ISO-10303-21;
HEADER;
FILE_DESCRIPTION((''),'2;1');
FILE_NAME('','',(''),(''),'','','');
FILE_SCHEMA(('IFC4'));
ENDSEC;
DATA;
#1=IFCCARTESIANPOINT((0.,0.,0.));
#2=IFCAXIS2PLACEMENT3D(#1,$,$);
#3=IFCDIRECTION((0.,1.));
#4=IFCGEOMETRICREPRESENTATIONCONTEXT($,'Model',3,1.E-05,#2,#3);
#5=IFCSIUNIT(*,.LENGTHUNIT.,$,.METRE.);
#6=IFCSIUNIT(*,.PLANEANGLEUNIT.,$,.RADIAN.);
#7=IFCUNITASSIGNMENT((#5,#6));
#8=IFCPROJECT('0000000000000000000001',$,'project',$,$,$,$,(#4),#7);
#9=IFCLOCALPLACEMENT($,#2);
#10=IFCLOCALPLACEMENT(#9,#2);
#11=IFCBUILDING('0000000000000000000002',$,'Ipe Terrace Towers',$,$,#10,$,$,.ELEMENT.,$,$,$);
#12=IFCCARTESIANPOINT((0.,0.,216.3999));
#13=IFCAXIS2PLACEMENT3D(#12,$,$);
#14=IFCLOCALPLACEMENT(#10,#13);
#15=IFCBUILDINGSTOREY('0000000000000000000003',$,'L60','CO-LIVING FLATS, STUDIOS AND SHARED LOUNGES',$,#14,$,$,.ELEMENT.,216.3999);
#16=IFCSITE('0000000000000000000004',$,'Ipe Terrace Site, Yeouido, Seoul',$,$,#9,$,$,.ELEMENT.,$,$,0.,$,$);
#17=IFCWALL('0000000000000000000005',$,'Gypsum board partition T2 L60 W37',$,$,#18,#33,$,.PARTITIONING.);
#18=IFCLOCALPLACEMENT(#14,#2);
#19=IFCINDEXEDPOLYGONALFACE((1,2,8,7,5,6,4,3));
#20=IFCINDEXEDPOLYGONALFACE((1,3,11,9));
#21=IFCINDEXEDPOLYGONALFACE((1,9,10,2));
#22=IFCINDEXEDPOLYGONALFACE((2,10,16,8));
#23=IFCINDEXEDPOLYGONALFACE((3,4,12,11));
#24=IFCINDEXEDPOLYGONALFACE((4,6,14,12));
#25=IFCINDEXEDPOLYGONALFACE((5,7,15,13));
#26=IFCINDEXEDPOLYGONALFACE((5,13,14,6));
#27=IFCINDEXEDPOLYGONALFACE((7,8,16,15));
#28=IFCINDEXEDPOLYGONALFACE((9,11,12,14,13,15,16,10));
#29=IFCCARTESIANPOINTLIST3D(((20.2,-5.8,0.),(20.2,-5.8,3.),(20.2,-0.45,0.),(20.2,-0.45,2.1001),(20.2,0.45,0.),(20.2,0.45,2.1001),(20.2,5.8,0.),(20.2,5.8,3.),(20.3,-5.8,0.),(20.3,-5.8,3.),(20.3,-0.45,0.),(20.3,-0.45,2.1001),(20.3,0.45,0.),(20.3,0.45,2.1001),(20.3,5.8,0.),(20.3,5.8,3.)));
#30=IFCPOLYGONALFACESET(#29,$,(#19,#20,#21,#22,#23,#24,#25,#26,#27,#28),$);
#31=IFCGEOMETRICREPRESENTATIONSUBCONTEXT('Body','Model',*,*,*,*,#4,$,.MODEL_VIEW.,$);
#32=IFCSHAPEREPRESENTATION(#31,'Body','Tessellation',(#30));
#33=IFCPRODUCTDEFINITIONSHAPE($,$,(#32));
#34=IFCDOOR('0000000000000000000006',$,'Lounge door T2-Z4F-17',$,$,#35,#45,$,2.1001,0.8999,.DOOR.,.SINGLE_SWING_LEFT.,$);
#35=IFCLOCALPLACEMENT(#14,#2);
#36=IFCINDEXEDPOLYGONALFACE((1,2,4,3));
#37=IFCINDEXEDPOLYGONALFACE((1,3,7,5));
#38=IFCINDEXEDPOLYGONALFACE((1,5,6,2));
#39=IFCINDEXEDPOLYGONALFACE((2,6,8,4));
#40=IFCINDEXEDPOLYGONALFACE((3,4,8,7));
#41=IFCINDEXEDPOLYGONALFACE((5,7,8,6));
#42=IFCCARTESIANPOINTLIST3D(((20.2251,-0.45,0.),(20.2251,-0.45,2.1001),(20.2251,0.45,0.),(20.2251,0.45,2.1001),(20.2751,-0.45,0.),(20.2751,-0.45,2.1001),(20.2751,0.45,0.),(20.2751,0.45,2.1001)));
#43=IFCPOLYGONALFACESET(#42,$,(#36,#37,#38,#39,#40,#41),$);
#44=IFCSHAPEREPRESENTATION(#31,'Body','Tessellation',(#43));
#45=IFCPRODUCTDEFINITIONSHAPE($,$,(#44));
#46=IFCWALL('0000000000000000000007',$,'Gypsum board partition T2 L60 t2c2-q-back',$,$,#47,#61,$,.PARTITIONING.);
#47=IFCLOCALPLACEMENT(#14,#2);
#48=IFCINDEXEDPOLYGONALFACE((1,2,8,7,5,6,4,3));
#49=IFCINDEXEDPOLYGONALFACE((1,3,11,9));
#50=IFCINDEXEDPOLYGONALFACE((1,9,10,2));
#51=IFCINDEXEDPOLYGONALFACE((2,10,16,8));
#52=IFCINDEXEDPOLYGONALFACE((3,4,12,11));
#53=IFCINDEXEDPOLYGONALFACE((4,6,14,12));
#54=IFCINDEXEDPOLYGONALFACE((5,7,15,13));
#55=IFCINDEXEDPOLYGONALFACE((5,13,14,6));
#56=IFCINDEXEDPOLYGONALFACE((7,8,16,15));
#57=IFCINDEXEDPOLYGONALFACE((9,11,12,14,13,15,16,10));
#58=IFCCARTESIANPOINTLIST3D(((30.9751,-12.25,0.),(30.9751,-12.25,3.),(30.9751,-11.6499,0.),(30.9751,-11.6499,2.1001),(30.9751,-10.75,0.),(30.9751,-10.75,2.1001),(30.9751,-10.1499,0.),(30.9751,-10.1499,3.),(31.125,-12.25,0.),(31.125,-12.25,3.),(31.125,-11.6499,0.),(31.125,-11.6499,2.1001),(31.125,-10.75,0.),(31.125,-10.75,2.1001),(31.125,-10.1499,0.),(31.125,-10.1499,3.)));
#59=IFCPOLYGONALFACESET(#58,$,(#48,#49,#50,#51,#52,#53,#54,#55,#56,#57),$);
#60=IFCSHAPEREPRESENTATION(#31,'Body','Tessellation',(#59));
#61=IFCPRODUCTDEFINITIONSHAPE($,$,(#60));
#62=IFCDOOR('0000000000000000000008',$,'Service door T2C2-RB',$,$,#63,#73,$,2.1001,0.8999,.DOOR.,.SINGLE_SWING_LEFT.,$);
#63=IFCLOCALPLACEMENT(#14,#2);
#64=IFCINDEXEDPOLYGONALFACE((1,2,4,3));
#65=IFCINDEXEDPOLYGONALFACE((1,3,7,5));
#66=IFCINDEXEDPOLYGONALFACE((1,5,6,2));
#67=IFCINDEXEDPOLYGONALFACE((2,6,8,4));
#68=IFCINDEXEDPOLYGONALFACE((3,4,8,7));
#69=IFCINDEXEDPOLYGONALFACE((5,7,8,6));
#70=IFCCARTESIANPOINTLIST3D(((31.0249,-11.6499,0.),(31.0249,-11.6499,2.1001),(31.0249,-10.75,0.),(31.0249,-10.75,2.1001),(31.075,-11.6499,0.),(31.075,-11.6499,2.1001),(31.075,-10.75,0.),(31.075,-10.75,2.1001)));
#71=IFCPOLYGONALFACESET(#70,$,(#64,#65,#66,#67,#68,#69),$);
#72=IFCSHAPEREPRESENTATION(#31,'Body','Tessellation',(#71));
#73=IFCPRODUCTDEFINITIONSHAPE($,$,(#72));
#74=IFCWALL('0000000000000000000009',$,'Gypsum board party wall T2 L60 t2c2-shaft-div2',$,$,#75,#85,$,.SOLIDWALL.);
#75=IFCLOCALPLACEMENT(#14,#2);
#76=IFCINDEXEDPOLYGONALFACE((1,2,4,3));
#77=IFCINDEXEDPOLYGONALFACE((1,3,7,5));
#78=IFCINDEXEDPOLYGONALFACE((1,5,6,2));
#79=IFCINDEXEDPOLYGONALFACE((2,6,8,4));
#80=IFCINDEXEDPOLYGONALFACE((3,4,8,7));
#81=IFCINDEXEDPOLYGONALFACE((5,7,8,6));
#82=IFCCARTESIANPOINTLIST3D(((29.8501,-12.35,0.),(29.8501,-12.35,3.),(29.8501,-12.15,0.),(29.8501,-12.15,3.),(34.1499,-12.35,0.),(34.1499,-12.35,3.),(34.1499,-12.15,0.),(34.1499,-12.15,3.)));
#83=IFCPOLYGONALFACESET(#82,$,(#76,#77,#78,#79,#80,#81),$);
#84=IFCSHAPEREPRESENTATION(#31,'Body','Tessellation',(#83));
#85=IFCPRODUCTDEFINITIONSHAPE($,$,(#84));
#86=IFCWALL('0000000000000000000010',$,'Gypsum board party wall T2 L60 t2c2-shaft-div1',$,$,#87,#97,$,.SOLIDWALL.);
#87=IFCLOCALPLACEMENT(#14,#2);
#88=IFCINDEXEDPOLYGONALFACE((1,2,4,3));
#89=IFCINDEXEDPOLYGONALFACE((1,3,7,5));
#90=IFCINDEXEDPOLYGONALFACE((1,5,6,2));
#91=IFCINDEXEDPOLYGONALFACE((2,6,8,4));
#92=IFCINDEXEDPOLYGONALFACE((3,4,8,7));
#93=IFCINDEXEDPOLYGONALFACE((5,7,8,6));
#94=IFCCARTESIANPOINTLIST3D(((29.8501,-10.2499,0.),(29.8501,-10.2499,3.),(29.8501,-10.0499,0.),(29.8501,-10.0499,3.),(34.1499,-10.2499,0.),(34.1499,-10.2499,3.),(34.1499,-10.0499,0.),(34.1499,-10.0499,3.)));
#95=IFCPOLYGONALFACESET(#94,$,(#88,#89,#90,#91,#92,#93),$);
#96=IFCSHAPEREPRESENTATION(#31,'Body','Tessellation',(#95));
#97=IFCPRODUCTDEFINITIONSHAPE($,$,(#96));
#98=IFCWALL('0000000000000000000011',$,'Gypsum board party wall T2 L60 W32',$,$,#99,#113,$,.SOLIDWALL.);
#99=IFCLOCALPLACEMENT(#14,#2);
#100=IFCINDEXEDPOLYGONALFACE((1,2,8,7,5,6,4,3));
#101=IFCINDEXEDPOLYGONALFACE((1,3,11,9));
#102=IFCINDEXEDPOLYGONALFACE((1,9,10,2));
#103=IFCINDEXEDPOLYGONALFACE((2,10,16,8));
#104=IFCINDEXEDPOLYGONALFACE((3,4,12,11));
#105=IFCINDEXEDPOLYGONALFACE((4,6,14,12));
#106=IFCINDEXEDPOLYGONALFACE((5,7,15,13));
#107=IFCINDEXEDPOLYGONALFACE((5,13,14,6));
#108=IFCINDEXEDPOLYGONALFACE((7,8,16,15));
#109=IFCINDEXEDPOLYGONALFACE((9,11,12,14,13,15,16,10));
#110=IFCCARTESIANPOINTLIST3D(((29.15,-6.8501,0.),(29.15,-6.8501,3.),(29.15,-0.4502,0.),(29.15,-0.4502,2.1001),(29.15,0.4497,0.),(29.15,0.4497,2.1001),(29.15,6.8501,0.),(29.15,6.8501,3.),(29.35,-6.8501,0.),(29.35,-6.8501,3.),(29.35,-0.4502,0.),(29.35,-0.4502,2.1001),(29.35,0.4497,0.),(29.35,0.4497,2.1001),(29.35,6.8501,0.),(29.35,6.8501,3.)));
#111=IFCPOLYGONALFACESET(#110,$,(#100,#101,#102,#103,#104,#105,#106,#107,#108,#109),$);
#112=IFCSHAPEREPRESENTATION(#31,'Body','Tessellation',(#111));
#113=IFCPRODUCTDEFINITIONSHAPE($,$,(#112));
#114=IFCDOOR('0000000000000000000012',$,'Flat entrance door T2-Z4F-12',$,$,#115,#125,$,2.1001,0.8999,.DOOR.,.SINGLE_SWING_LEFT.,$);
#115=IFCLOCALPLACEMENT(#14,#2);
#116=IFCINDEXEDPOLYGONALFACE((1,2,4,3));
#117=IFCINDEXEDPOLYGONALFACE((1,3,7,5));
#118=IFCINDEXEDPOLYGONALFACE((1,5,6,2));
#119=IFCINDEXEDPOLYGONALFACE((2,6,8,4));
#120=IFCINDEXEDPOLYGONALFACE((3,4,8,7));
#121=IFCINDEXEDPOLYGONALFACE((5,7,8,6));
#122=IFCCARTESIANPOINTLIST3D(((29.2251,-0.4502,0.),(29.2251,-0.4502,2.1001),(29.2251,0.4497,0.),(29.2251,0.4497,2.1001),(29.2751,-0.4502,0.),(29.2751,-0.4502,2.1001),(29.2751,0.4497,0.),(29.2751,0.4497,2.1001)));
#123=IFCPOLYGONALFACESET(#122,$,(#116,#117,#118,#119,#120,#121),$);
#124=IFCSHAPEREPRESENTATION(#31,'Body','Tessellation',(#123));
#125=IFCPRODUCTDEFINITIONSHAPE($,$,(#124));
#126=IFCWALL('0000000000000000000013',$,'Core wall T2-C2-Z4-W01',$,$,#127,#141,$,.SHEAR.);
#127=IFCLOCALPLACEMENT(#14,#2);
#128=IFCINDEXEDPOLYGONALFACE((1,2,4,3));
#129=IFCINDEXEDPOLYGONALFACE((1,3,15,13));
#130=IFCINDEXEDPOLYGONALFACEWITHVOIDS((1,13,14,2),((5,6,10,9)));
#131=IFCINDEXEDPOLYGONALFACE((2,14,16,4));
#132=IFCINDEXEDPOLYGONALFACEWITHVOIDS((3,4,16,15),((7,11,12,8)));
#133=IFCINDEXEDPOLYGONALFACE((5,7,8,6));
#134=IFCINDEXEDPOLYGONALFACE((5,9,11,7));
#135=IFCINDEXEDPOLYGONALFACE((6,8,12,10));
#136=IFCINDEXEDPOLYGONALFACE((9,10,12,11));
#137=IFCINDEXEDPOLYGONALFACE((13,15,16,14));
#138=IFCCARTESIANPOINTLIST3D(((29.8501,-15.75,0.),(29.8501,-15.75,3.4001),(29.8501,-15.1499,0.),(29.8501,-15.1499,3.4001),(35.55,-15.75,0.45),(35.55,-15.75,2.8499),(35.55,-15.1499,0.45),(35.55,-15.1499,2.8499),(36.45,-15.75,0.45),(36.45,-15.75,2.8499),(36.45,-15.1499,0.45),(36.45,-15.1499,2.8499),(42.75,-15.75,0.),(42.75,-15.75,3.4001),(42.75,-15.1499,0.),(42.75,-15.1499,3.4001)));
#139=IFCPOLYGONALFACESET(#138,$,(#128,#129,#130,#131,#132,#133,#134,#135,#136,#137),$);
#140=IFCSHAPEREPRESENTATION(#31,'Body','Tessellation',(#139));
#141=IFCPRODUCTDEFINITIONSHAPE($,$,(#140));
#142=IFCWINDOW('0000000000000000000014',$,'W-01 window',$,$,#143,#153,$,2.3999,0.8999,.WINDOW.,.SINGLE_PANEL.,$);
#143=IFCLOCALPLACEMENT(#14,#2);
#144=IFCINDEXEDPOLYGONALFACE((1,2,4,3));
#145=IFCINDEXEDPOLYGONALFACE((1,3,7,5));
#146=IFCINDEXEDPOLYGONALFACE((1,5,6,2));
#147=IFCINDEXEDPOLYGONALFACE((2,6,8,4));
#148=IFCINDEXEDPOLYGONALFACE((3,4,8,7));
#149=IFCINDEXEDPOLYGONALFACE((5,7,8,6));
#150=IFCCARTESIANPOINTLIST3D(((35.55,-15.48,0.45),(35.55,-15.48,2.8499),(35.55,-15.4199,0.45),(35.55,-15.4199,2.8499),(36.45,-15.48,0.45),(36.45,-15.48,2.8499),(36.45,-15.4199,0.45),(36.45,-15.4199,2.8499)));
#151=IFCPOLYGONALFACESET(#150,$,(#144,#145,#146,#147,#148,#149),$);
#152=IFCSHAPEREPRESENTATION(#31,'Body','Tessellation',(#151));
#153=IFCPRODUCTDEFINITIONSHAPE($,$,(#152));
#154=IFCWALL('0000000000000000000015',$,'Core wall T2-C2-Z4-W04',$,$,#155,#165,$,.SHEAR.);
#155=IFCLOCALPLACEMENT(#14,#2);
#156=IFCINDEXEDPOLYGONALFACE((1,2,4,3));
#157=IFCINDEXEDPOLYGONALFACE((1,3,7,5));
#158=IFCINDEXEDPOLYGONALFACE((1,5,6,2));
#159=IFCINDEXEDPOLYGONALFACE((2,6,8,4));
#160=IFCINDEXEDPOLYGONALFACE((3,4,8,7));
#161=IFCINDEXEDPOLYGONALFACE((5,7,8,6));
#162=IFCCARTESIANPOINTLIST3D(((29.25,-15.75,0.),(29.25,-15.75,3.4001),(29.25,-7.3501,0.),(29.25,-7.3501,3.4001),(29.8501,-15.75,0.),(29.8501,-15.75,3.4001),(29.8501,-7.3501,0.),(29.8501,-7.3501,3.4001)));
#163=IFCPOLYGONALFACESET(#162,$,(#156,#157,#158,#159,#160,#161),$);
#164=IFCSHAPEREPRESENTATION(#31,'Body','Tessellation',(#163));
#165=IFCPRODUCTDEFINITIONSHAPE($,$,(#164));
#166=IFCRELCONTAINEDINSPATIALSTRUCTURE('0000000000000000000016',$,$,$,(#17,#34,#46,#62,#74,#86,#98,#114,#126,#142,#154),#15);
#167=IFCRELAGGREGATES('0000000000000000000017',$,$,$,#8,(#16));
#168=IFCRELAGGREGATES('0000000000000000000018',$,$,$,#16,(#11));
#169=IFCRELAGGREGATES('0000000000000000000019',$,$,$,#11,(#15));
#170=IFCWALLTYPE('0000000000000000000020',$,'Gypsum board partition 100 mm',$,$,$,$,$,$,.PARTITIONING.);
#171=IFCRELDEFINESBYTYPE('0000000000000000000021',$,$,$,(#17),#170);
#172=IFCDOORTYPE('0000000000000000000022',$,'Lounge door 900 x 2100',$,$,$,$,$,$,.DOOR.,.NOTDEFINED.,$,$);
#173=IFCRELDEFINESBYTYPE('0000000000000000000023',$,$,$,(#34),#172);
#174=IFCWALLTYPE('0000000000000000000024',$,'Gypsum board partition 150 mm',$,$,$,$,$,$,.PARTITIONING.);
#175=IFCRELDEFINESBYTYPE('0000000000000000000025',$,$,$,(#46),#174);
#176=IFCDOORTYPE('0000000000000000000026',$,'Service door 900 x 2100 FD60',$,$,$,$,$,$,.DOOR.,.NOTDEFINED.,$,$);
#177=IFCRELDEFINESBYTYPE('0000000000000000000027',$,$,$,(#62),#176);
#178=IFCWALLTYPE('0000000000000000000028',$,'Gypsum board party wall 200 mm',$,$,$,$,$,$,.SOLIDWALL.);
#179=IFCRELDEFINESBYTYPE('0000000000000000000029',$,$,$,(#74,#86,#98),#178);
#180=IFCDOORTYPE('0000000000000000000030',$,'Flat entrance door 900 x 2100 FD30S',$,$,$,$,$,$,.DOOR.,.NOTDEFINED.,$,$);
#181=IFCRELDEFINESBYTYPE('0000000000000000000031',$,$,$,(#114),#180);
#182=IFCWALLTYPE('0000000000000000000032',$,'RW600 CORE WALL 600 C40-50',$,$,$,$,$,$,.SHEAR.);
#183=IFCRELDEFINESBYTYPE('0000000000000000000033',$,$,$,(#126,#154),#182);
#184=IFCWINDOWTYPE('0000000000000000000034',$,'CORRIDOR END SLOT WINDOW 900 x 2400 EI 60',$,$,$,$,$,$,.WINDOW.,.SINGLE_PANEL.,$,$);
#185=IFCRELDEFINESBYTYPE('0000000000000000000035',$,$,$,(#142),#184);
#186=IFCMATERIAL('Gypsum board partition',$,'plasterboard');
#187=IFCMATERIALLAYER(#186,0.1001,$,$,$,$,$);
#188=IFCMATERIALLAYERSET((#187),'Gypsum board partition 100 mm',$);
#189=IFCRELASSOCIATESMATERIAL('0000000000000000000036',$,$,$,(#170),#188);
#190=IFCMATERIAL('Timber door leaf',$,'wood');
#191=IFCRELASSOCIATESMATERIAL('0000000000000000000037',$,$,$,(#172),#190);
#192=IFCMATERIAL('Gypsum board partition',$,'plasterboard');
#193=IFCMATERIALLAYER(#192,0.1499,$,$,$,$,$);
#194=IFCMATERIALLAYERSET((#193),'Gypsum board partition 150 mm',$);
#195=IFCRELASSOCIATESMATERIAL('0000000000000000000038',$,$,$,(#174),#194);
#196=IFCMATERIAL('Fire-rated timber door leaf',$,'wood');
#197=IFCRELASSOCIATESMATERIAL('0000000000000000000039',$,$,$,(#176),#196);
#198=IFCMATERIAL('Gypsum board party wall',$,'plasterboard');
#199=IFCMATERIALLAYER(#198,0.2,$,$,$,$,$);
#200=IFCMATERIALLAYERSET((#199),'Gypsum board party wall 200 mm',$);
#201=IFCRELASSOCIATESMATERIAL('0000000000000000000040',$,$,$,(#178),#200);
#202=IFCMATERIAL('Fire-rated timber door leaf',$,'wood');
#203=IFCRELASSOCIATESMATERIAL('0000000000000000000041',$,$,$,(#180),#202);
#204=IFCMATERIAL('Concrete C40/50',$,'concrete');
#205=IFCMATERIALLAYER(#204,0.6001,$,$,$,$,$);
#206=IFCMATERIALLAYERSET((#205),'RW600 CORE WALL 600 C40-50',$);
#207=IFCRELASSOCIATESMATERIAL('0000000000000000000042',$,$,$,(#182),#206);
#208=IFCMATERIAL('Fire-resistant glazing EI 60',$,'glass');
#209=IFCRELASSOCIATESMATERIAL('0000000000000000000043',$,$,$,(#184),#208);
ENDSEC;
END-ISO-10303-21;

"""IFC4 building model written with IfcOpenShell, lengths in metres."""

from ifc_helpers import new_model, si_unit, direction, frame, frame_2d, origin, place, context, subcontext, project, spatial, rectangle, extrude, material, layer, layer_set, type_object, element, fill, save


model = new_model("IFC4")

# Units and contexts
model_context = context("Model", 3, precision=1e-05, world=origin(), true_north=direction((0.0, 1.0)))
body_context = subcontext(model_context, "Body", "Model", "MODEL_VIEW")
ifc_project = project(units=[si_unit("LENGTHUNIT", "METRE"), si_unit("PLANEANGLEUNIT", "RADIAN")], contexts=[model_context])

# Site, building, storey
site_placement = place(None, origin())
site = spatial("IfcSite", under=ifc_project, at=site_placement, Name="Ipe Terrace Site, Yeouido, Seoul", CompositionType="ELEMENT", RefElevation=0.0)
building_placement = place(site_placement, origin())
building = spatial("IfcBuilding", under=site, at=building_placement, Name="Ipe Terrace Towers", CompositionType="ELEMENT")
storey_placement = place(building_placement, frame((0.0, 0.0, 216.3999)))
storey = spatial("IfcBuildingStorey", under=building, at=storey_placement, Name="L60", Description="CO-LIVING FLATS, STUDIOS AND SHARED LOUNGES", CompositionType="ELEMENT", Elevation=216.3999)

# Shared definitions
ifc_material_1 = material(Name="Gypsum board partition", Category="plasterboard")
ifc_layer_1 = layer(ifc_material_1, 0.1001)
ifc_layer_set_1 = layer_set([ifc_layer_1], Name="Gypsum board partition 100 mm")
wall_type_1 = type_object("IfcWallType", Name="Gypsum board partition 100 mm", PredefinedType="PARTITIONING", material=ifc_layer_set_1)

# Shared definitions
ifc_material_2 = material(Name="Timber door leaf", Category="wood")
door_type_1 = type_object("IfcDoorType", Name="Lounge door 900 x 2100", OperationType="NOTDEFINED", PredefinedType="DOOR", material=ifc_material_2)

# Walls, openings, doors
wall_1_placement = place(storey_placement, frame((20.25, -5.8, 0.0), z_axis=(0.0, 0.0, 1.0), x_axis=(0.0, 1.0, 0.0)))
wall_1 = element("IfcWall", 1, at=wall_1_placement, inside=storey, type_object=wall_type_1, Name="Gypsum board partition T2 L60 W37", PredefinedType="PARTITIONING", context=body_context, shape_type="SweptSolid", body=[
    extrude(rectangle(XDim=11.6001, YDim=0.1001, at=frame_2d((5.8, 0.0))), origin(), (0.0, 0.0, 1.0), 3.0),
])
opening_1_placement = place(wall_1_placement, frame((5.3501, 0.0, 0.0)))
opening_1 = element("IfcOpeningElement", 2, at=opening_1_placement, cuts=wall_1, PredefinedType="OPENING", context=body_context, shape_type="SweptSolid", body=[
    extrude(rectangle(XDim=0.8999, YDim=2.1001, at=frame_2d((0.45, 1.05))), frame((0.0, 0.0601, 0.0), z_axis=(0.0, -1.0, 0.0), x_axis=(1.0, 0.0, 0.0)), (0.0, 0.0, 1.0), 0.1201),
])
door_1_placement = place(opening_1_placement, origin())
door_1 = element("IfcDoor", 3, at=door_1_placement, inside=storey, type_object=door_type_1, Name="Lounge door T2-Z4F-17", OperationType="SINGLE_SWING_LEFT", OverallHeight=2.1001, OverallWidth=0.8999, PredefinedType="DOOR", context=body_context, shape_type="SweptSolid", body=[
    extrude(rectangle(XDim=0.8999, YDim=2.1001, at=frame_2d((0.45, 1.05))), frame((0.0, 0.0249, 0.0), z_axis=(0.0, -1.0, 0.0), x_axis=(1.0, 0.0, 0.0)), (0.0, 0.0, 1.0), 0.05),
])
fill(opening_1, door_1)
ifc_material_3 = material(Name="Gypsum board partition", Category="plasterboard")
ifc_layer_2 = layer(ifc_material_3, 0.1499)
ifc_layer_set_2 = layer_set([ifc_layer_2], Name="Gypsum board partition 150 mm")
wall_type_2 = type_object("IfcWallType", Name="Gypsum board partition 150 mm", PredefinedType="PARTITIONING", material=ifc_layer_set_2)
wall_2_placement = place(storey_placement, frame((31.05, -10.1499, 0.0), z_axis=(0.0, 0.0, 1.0), x_axis=(0.0, -1.0, 0.0)))
wall_2 = element("IfcWall", 4, at=wall_2_placement, inside=storey, type_object=wall_type_2, Name="Gypsum board partition T2 L60 t2c2-q-back", PredefinedType="PARTITIONING", context=body_context, shape_type="SweptSolid", body=[
    extrude(rectangle(XDim=2.1001, YDim=0.1499, at=frame_2d((1.05, 0.0))), origin(), (0.0, 0.0, 1.0), 3.0),
])
opening_2_placement = place(wall_2_placement, frame((0.6001, 0.0, 0.0)))
opening_2 = element("IfcOpeningElement", 5, at=opening_2_placement, cuts=wall_2, PredefinedType="OPENING", context=body_context, shape_type="SweptSolid", body=[
    extrude(rectangle(XDim=0.8999, YDim=2.1001, at=frame_2d((0.45, 1.05))), frame((0.0, 0.085, 0.0), z_axis=(0.0, -1.0, 0.0), x_axis=(1.0, 0.0, 0.0)), (0.0, 0.0, 1.0), 0.1699),
])
ifc_material_4 = material(Name="Fire-rated timber door leaf", Category="wood")
door_type_2 = type_object("IfcDoorType", Name="Service door 900 x 2100 FD60", OperationType="NOTDEFINED", PredefinedType="DOOR", material=ifc_material_4)
door_2_placement = place(opening_2_placement, origin())
door_2 = element("IfcDoor", 6, at=door_2_placement, inside=storey, type_object=door_type_2, Name="Service door T2C2-RB", OperationType="SINGLE_SWING_LEFT", OverallHeight=2.1001, OverallWidth=0.8999, PredefinedType="DOOR", context=body_context, shape_type="SweptSolid", body=[
    extrude(rectangle(XDim=0.8999, YDim=2.1001, at=frame_2d((0.45, 1.05))), frame((0.0, 0.0249, 0.0), z_axis=(0.0, -1.0, 0.0), x_axis=(1.0, 0.0, 0.0)), (0.0, 0.0, 1.0), 0.05),
])
fill(opening_2, door_2)

# Walls
ifc_material_5 = material(Name="Gypsum board party wall", Category="plasterboard")
ifc_layer_3 = layer(ifc_material_5, 0.2)
ifc_layer_set_3 = layer_set([ifc_layer_3], Name="Gypsum board party wall 200 mm")
wall_type_3 = type_object("IfcWallType", Name="Gypsum board party wall 200 mm", PredefinedType="SOLIDWALL", material=ifc_layer_set_3)
for number, where, z_axis, x_axis, name in (
    (7, (29.8501, -12.25, 0.0), (0.0, 0.0, 1.0), (1.0, 0.0, 0.0), "Gypsum board party wall T2 L60 t2c2-shaft-div2"),
    (8, (29.8501, -10.1499, 0.0), (0.0, 0.0, 1.0), (1.0, 0.0, 0.0), "Gypsum board party wall T2 L60 t2c2-shaft-div1"),
):
    element("IfcWall", number, at=place(storey_placement, frame(where, z_axis=z_axis, x_axis=x_axis)), inside=storey, type_object=wall_type_3, Name=name, PredefinedType="SOLIDWALL", context=body_context, shape_type="SweptSolid", body=[
        extrude(rectangle(XDim=4.2998, YDim=0.2, at=frame_2d((2.1499, 0.0))), origin(), (0.0, 0.0, 1.0), 3.0),
    ])

# Wall, opening, door
wall_3_placement = place(storey_placement, frame((29.25, -6.8501, 0.0), z_axis=(0.0, 0.0, 1.0), x_axis=(0.0, 1.0, 0.0)))
wall_3 = element("IfcWall", 9, at=wall_3_placement, inside=storey, type_object=wall_type_3, Name="Gypsum board party wall T2 L60 W32", PredefinedType="SOLIDWALL", context=body_context, shape_type="SweptSolid", body=[
    extrude(rectangle(XDim=13.7002, YDim=0.2, at=frame_2d((6.8501, 0.0))), origin(), (0.0, 0.0, 1.0), 3.0),
])
opening_3_placement = place(wall_3_placement, frame((6.3999, 0.0, 0.0)))
opening_3 = element("IfcOpeningElement", 10, at=opening_3_placement, cuts=wall_3, PredefinedType="OPENING", context=body_context, shape_type="SweptSolid", body=[
    extrude(rectangle(XDim=0.8999, YDim=2.1001, at=frame_2d((0.45, 1.05))), frame((0.0, 0.1099, 0.0), z_axis=(0.0, -1.0, 0.0), x_axis=(1.0, 0.0, 0.0)), (0.0, 0.0, 1.0), 0.22),
])
ifc_material_6 = material(Name="Fire-rated timber door leaf", Category="wood")
door_type_3 = type_object("IfcDoorType", Name="Flat entrance door 900 x 2100 FD30S", OperationType="NOTDEFINED", PredefinedType="DOOR", material=ifc_material_6)
door_3_placement = place(opening_3_placement, origin())
door_3 = element("IfcDoor", 11, at=door_3_placement, inside=storey, type_object=door_type_3, Name="Flat entrance door T2-Z4F-12", OperationType="SINGLE_SWING_LEFT", OverallHeight=2.1001, OverallWidth=0.8999, PredefinedType="DOOR", context=body_context, shape_type="SweptSolid", body=[
    extrude(rectangle(XDim=0.8999, YDim=2.1001, at=frame_2d((0.45, 1.05))), frame((0.0, 0.0249, 0.0), z_axis=(0.0, -1.0, 0.0), x_axis=(1.0, 0.0, 0.0)), (0.0, 0.0, 1.0), 0.05),
])
fill(opening_3, door_3)

# Wall, opening, window
ifc_material_7 = material(Name="Concrete C40/50", Category="concrete")
ifc_layer_4 = layer(ifc_material_7, 0.6001)
ifc_layer_set_4 = layer_set([ifc_layer_4], Name="RW600 CORE WALL 600 C40-50")
wall_type_4 = type_object("IfcWallType", Name="RW600 CORE WALL 600 C40-50", PredefinedType="SHEAR", material=ifc_layer_set_4)
wall_4_placement = place(storey_placement, frame((29.8501, -15.45, 0.0), z_axis=(0.0, 0.0, 1.0), x_axis=(1.0, 0.0, 0.0)))
wall_4 = element("IfcWall", 12, at=wall_4_placement, inside=storey, type_object=wall_type_4, Name="Core wall T2-C2-Z4-W01", PredefinedType="SHEAR", context=body_context, shape_type="SweptSolid", body=[
    extrude(rectangle(XDim=12.8999, YDim=0.6001, at=frame_2d((6.45, 0.0))), origin(), (0.0, 0.0, 1.0), 3.4001),
])
opening_4_placement = place(wall_4_placement, frame((5.7, 0.0, 0.45)))
opening_4 = element("IfcOpeningElement", 13, at=opening_4_placement, cuts=wall_4, PredefinedType="OPENING", context=body_context, shape_type="SweptSolid", body=[
    extrude(rectangle(XDim=0.8999, YDim=2.3999, at=frame_2d((0.45, 1.2))), frame((0.0, 0.3101, 0.0), z_axis=(0.0, -1.0, 0.0), x_axis=(1.0, 0.0, 0.0)), (0.0, 0.0, 1.0), 0.6201),
])
ifc_material_8 = material(Name="Fire-resistant glazing EI 60", Category="glass")
window_type = type_object("IfcWindowType", Name="CORRIDOR END SLOT WINDOW 900 x 2400 EI 60", PartitioningType="SINGLE_PANEL", PredefinedType="WINDOW", material=ifc_material_8)
window_placement = place(opening_4_placement, origin())
window = element("IfcWindow", 14, at=window_placement, inside=storey, type_object=window_type, Name="W-01 window", OverallHeight=2.3999, OverallWidth=0.8999, PartitioningType="SINGLE_PANEL", PredefinedType="WINDOW", context=body_context, shape_type="SweptSolid", body=[
    extrude(rectangle(XDim=0.8999, YDim=2.3999, at=frame_2d((0.45, 1.2))), frame((0.0, 0.03, 0.0), z_axis=(0.0, -1.0, 0.0), x_axis=(1.0, 0.0, 0.0)), (0.0, 0.0, 1.0), 0.0601),
])
fill(opening_4, window)

# Wall
wall_5_placement = place(storey_placement, frame((29.55, -7.3501, 0.0), z_axis=(0.0, 0.0, 1.0), x_axis=(0.0, -1.0, 0.0)))
element("IfcWall", 15, at=wall_5_placement, inside=storey, type_object=wall_type_4, Name="Core wall T2-C2-Z4-W04", PredefinedType="SHEAR", context=body_context, shape_type="SweptSolid", body=[
    extrude(rectangle(XDim=8.3999, YDim=0.6001, at=frame_2d((4.2, 0.0))), origin(), (0.0, 0.0, 1.0), 3.4001),
])

save(model, "model.ifc")
